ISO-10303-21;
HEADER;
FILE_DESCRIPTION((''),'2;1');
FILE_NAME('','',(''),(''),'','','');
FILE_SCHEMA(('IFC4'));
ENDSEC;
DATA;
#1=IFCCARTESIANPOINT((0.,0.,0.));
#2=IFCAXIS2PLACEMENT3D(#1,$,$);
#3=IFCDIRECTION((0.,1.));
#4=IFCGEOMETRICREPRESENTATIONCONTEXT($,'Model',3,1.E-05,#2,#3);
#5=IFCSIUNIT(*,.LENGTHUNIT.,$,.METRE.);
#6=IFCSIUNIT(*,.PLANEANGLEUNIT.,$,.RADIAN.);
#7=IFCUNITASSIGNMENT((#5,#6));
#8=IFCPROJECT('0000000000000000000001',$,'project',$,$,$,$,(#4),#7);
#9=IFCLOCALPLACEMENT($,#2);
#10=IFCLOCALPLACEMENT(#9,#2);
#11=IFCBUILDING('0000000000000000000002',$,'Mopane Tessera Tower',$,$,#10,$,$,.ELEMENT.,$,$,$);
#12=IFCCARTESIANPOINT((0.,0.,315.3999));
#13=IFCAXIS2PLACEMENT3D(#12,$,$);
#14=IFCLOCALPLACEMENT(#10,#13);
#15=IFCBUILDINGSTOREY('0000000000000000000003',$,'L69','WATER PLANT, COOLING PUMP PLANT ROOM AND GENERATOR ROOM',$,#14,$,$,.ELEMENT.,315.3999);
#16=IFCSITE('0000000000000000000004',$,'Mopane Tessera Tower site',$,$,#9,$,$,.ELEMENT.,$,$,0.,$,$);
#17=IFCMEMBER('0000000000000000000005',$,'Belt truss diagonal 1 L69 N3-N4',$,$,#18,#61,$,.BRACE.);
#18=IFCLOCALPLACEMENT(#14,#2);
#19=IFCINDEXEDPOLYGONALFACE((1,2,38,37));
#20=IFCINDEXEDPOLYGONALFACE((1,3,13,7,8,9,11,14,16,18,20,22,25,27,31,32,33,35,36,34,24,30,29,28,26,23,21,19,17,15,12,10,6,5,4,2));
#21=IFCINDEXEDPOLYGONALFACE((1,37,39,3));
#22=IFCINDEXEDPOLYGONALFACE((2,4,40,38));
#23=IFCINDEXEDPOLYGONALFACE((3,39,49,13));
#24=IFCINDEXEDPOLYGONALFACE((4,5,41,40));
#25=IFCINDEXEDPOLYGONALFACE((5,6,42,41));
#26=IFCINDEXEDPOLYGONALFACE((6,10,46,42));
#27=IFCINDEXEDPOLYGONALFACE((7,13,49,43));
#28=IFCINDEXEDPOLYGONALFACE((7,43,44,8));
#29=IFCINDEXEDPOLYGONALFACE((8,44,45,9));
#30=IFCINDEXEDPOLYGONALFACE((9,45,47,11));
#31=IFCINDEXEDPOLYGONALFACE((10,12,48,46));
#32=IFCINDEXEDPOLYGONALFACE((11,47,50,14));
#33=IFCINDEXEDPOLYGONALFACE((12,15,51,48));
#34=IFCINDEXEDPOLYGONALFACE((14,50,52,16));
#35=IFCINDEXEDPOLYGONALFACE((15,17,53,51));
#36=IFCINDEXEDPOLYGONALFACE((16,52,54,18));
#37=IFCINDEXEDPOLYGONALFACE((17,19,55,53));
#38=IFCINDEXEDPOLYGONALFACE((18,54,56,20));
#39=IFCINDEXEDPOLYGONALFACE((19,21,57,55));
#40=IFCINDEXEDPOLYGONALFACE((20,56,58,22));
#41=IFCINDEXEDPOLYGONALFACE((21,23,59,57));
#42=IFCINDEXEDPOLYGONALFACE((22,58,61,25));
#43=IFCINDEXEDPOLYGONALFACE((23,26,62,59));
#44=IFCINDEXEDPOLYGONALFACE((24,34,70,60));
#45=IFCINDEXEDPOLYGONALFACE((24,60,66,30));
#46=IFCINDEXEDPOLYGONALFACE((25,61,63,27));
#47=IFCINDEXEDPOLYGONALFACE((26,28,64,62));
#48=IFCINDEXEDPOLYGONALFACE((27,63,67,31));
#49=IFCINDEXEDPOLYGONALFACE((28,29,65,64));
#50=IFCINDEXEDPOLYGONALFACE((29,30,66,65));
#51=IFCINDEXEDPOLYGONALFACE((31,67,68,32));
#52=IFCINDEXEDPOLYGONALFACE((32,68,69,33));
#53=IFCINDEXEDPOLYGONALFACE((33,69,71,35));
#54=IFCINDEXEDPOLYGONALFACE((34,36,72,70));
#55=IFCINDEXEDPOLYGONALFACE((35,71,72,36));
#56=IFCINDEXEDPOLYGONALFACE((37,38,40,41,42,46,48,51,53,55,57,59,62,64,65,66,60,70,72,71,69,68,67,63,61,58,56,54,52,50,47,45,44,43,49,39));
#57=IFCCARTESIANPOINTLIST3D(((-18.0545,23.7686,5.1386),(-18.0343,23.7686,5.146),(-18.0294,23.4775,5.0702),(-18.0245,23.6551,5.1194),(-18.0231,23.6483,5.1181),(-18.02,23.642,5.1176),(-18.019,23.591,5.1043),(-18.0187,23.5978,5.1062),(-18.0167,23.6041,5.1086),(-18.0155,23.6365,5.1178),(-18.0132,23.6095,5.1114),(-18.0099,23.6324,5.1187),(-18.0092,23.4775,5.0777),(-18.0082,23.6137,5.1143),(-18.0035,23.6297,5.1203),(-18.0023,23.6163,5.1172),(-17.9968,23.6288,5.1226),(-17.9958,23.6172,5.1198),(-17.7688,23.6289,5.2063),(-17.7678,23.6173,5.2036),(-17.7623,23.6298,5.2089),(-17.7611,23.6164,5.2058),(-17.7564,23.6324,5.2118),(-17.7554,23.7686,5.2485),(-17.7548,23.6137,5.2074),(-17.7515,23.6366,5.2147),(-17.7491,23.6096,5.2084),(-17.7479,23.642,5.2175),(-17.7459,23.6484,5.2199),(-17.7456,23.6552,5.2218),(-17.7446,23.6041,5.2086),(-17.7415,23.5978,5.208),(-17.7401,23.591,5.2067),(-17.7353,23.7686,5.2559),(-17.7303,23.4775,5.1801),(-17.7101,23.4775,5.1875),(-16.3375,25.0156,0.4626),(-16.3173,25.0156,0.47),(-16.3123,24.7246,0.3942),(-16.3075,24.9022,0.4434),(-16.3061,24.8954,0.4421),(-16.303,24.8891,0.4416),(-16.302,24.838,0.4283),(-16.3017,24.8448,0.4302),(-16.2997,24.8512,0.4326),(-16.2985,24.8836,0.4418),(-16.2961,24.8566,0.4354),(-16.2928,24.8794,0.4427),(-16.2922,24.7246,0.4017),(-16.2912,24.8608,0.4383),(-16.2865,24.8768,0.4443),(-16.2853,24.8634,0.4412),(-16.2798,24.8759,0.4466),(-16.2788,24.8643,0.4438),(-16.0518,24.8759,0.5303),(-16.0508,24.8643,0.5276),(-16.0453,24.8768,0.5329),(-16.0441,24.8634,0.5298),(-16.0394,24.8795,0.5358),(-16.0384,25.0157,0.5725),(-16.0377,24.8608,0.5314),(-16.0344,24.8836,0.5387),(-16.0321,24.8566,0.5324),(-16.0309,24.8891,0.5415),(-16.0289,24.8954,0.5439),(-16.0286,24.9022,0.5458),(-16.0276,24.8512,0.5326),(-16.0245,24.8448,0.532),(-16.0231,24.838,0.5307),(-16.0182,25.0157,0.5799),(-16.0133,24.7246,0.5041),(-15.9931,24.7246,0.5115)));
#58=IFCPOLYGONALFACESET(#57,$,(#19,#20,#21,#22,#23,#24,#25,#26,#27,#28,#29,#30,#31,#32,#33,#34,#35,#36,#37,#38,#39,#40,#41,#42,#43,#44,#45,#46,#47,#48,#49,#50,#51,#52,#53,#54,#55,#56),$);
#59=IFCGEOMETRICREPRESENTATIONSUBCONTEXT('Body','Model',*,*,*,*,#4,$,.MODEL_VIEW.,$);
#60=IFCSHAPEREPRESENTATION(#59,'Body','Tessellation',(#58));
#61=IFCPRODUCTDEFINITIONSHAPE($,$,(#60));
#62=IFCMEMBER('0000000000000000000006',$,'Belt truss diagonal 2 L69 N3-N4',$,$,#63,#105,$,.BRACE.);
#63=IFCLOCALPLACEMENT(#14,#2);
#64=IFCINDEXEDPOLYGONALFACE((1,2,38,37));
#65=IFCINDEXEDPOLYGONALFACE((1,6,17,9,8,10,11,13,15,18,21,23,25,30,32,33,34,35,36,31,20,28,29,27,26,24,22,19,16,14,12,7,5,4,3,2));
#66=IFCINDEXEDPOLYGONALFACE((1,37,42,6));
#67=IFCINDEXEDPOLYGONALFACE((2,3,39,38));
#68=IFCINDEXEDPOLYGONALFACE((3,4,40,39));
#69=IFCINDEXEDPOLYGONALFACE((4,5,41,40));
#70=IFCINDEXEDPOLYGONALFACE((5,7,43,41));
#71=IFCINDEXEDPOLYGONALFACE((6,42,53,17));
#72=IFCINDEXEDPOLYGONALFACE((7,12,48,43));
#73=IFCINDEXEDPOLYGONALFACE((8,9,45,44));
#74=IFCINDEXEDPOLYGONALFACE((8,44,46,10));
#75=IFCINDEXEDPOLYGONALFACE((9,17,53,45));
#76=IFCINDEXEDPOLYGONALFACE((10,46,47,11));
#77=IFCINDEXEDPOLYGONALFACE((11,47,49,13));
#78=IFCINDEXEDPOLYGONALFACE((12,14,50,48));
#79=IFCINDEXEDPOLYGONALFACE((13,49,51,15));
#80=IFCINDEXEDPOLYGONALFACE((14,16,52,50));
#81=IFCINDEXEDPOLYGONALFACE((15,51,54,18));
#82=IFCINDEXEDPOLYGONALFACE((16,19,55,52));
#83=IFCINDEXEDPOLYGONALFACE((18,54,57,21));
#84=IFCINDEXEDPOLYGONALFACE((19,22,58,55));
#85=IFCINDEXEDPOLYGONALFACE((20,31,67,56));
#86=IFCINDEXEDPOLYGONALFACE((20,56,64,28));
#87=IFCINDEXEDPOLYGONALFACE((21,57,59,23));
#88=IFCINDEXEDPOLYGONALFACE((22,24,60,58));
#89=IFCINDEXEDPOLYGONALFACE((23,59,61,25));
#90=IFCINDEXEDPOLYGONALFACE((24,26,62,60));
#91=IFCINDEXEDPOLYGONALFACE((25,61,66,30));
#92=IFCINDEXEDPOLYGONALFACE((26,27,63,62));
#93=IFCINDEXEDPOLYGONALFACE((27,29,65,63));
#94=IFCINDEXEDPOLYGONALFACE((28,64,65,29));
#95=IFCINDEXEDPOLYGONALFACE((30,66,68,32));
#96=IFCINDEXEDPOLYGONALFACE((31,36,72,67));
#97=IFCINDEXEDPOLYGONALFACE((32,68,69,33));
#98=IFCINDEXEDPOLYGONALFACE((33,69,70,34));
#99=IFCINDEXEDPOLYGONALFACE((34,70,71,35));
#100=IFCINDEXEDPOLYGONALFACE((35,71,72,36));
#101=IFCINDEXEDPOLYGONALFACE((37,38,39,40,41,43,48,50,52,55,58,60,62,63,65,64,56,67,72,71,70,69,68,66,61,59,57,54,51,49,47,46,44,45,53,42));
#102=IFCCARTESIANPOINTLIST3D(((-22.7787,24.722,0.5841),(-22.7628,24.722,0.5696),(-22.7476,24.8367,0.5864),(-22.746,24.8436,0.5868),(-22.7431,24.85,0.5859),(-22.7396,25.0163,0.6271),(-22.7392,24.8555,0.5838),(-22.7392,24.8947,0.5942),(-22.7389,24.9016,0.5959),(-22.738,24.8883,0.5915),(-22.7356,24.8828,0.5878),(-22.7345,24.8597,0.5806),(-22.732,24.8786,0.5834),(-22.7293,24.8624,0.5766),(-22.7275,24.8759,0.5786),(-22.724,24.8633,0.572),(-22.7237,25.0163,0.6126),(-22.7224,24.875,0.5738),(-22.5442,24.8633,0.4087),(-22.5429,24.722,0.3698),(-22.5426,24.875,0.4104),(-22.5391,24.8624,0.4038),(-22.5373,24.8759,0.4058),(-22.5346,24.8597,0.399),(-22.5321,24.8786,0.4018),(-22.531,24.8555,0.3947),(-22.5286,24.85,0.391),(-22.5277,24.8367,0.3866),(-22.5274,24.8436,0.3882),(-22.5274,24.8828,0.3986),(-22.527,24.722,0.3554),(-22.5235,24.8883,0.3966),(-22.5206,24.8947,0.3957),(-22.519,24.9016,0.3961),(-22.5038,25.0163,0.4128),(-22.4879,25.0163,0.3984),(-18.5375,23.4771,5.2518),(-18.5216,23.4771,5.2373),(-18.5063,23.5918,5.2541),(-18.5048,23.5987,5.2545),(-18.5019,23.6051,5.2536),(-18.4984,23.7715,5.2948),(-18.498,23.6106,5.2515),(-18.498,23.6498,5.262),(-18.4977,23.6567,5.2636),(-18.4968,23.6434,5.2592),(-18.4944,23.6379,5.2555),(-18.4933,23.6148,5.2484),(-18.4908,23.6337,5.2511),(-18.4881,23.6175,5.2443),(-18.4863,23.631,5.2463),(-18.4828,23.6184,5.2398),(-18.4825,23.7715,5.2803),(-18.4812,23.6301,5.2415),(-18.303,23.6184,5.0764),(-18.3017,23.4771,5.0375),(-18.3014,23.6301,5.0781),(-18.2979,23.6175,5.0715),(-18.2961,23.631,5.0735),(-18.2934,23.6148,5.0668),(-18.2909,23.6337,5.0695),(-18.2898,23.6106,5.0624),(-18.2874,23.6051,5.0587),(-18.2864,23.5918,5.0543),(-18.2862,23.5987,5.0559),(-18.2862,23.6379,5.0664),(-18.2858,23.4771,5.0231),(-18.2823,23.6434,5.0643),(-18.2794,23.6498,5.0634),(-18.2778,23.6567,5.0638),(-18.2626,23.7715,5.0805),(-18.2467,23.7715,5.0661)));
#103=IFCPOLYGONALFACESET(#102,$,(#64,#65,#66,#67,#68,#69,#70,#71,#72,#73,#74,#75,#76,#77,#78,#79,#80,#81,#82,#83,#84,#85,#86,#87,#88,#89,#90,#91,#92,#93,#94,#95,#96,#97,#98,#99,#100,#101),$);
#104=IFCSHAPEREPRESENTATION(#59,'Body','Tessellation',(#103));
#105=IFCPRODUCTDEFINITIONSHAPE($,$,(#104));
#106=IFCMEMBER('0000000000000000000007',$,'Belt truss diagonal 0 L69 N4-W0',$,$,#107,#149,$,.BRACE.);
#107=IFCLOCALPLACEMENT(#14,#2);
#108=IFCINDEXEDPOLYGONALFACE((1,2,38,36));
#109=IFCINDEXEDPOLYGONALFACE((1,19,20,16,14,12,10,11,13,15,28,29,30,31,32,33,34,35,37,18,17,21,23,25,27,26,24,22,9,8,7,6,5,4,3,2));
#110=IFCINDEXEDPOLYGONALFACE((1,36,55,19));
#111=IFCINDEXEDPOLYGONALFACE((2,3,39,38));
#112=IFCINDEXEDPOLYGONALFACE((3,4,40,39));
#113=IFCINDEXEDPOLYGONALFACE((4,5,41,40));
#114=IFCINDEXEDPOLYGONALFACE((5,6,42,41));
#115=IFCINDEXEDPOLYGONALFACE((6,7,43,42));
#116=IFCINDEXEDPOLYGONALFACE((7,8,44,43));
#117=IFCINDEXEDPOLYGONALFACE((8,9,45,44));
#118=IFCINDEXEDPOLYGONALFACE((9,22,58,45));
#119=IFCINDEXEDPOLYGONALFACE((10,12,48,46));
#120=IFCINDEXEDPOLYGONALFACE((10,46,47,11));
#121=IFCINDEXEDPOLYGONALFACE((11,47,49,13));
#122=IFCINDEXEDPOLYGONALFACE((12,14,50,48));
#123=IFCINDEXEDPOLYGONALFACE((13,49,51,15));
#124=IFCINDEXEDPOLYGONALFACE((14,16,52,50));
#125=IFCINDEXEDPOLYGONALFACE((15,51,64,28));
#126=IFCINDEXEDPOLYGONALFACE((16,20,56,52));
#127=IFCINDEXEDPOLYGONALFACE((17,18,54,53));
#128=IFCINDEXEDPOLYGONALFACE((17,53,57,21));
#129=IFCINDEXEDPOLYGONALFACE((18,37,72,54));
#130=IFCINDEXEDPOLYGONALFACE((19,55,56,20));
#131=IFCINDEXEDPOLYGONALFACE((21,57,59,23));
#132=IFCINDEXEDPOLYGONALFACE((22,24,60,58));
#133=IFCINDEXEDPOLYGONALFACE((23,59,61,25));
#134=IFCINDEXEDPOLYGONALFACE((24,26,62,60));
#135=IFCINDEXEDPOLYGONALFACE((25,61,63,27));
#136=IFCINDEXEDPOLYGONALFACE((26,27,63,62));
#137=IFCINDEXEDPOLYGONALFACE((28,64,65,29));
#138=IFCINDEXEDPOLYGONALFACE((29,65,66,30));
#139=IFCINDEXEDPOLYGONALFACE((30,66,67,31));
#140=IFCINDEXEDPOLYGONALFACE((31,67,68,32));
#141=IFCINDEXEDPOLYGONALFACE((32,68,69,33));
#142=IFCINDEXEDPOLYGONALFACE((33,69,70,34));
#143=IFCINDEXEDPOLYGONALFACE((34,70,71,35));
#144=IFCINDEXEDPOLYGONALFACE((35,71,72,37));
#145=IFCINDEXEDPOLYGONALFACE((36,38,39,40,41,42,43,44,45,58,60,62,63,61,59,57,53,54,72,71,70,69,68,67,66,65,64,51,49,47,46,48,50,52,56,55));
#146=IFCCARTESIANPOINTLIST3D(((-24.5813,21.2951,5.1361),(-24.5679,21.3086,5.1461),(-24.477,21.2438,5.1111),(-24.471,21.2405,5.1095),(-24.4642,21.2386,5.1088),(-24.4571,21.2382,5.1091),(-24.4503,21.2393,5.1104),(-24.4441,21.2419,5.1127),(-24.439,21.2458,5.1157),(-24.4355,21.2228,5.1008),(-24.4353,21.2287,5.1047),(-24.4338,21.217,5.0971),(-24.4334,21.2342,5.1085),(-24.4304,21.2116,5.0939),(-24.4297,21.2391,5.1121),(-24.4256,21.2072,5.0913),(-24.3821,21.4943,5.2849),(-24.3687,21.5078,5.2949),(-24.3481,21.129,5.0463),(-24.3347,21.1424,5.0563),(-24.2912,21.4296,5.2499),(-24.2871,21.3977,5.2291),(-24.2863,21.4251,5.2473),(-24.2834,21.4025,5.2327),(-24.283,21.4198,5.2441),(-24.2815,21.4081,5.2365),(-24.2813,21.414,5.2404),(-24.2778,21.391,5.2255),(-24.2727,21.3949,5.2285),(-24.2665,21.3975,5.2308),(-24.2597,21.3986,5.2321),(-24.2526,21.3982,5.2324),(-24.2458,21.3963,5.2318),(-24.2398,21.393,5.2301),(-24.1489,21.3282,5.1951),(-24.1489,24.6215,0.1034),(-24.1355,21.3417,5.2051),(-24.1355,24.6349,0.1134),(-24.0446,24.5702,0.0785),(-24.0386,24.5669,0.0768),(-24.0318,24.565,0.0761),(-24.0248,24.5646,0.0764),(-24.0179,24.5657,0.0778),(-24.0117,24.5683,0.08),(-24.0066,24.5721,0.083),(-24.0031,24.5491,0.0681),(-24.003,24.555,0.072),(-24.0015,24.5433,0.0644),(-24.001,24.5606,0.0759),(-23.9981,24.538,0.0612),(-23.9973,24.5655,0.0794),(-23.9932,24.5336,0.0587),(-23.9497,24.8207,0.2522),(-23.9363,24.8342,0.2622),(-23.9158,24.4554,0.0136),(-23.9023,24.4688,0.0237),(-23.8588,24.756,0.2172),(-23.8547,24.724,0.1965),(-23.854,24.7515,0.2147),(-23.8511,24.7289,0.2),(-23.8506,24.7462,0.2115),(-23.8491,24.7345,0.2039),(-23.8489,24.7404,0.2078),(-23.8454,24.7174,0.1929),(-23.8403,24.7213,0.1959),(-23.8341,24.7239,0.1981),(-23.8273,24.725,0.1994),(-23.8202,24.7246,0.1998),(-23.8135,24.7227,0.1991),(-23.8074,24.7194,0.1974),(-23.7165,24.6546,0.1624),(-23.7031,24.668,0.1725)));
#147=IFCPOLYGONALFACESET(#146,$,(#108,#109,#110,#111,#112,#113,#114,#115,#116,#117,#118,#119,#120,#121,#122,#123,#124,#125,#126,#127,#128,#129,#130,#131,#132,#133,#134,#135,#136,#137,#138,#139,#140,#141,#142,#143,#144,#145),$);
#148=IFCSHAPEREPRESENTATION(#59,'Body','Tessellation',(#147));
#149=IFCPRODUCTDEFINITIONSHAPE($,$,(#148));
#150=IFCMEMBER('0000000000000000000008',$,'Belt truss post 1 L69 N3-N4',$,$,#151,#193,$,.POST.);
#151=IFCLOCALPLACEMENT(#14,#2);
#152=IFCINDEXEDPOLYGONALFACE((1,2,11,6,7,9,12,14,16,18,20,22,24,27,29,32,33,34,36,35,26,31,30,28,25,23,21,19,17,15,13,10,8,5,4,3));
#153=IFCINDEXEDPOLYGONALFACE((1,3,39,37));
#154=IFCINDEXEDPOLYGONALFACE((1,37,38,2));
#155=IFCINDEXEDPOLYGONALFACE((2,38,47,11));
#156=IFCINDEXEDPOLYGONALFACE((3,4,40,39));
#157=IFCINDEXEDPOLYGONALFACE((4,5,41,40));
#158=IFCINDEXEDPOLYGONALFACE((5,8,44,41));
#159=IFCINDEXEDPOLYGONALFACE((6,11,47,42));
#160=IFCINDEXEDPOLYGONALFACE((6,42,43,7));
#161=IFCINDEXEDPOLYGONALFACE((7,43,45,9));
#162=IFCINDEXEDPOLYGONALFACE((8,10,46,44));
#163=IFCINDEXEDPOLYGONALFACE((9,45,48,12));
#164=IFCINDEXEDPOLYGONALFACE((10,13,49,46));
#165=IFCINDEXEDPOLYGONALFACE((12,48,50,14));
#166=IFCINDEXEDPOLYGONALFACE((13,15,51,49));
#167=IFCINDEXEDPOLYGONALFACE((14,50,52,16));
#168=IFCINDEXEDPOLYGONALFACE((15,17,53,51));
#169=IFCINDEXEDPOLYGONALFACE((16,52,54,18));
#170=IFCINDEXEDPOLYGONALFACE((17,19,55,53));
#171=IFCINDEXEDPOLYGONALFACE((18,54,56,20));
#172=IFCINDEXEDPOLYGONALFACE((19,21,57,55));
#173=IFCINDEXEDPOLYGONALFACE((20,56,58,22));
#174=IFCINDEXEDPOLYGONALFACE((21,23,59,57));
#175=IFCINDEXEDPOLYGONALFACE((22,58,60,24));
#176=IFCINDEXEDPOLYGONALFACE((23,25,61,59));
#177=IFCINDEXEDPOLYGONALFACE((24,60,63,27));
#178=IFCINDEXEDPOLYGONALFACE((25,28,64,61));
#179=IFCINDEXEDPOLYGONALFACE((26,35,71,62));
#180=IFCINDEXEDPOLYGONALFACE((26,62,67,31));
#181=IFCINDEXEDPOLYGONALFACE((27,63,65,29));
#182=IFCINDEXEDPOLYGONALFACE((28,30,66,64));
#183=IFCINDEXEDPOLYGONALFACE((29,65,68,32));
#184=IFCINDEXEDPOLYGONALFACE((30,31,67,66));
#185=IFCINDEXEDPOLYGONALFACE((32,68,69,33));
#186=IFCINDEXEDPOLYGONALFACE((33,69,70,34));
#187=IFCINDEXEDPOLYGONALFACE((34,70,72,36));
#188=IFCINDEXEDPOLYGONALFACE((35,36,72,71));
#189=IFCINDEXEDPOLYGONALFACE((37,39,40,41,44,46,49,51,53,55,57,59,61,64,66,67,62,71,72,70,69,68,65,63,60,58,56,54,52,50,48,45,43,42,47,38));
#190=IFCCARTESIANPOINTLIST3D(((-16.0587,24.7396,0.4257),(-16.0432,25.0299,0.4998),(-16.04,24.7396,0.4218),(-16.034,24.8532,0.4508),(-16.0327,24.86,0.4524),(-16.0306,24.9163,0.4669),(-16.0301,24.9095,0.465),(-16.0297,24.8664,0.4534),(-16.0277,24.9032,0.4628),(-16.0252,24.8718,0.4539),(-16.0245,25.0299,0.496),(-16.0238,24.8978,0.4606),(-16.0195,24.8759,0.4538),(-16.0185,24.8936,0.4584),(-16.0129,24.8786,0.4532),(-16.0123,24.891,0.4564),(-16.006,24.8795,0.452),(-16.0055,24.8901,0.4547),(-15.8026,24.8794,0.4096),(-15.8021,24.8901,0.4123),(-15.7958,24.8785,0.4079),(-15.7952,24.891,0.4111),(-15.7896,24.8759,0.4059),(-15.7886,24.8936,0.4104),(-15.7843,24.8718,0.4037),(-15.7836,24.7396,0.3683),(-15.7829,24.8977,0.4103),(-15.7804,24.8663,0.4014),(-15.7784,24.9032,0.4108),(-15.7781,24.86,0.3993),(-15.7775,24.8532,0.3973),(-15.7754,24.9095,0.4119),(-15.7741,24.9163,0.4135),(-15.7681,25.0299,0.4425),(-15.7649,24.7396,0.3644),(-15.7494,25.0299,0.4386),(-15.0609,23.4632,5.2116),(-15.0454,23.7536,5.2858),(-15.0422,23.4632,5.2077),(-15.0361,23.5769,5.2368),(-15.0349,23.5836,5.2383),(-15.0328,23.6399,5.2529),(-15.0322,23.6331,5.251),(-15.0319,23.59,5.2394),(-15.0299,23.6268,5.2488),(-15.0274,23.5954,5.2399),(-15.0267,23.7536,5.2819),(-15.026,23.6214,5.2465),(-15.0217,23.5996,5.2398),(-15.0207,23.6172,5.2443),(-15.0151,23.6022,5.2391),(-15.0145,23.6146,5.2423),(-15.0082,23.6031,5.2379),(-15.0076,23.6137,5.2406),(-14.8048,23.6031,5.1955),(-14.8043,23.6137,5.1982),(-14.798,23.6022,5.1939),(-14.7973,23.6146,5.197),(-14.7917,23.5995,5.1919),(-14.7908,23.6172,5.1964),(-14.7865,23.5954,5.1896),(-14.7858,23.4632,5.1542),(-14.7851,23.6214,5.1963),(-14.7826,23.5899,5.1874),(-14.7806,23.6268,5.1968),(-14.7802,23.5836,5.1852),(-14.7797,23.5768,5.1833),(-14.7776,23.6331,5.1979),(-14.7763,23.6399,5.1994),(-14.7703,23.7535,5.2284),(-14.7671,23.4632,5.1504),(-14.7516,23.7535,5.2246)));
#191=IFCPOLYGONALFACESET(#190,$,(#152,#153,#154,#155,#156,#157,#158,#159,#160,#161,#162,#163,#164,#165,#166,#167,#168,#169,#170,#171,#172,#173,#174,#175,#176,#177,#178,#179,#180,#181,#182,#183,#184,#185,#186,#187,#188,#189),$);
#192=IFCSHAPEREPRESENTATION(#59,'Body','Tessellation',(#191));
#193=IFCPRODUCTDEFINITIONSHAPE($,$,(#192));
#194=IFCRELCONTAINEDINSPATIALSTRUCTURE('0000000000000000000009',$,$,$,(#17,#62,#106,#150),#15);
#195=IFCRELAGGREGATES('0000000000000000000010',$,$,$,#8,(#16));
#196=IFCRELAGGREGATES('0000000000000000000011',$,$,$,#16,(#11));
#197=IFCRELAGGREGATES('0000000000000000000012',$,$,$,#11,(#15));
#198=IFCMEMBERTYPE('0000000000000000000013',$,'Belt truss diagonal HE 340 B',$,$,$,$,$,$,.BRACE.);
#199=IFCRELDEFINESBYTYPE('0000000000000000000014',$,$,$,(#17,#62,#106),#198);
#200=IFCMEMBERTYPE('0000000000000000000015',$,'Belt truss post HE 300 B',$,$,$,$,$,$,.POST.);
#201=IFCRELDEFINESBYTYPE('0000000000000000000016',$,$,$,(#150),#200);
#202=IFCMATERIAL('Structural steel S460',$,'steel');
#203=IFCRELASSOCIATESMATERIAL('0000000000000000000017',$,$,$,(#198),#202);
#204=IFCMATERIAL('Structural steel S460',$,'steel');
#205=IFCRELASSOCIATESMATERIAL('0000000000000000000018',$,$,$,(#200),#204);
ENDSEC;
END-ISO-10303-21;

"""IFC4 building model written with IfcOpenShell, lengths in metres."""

from ifc_helpers import new_model, si_unit, direction, frame, origin, origin_2d, place, context, subcontext, project, spatial, i_section, extrude, material, material_profile, profile_set, type_object, element, save


model = new_model("IFC4")

# Units and contexts
model_context = context("Model", 3, precision=1e-05, world=origin(), true_north=direction((0.0, 1.0)))
body_context = subcontext(model_context, "Body", "Model", "MODEL_VIEW")
ifc_project = project(units=[si_unit("LENGTHUNIT", "METRE"), si_unit("PLANEANGLEUNIT", "RADIAN")], contexts=[model_context])

# Site, building, storey
site_placement = place(None, origin())
site = spatial("IfcSite", under=ifc_project, at=site_placement, Name="Mopane Tessera Tower site", CompositionType="ELEMENT", RefElevation=0.0)
building_placement = place(site_placement, origin())
building = spatial("IfcBuilding", under=site, at=building_placement, Name="Mopane Tessera Tower", CompositionType="ELEMENT")
storey_placement = place(building_placement, frame((0.0, 0.0, 315.3999)))
storey = spatial("IfcBuildingStorey", under=building, at=storey_placement, Name="L69", Description="WATER PLANT, COOLING PUMP PLANT ROOM AND GENERATOR ROOM", CompositionType="ELEMENT", Elevation=315.3999)

# Members
ifc_material_1 = material(Name="Structural steel S460", Category="steel")
ifc_material_profile_1 = material_profile(ifc_material_1, i_section(OverallWidth=0.3, OverallDepth=0.3401, WebThickness=0.012, FlangeThickness=0.0215, FilletRadius=0.0271, at=origin_2d()))
ifc_profile_set_1 = profile_set([ifc_material_profile_1], Name="Structural steel S460")
member_type_1 = type_object("IfcMemberType", Name="Belt truss diagonal HE 340 B", PredefinedType="BRACE", material=ifc_profile_set_1)
member_1_placement = place(storey_placement, frame((-16.1653, 24.8701, 0.4871), z_axis=(-0.334377, -0.242855, 0.910611), x_axis=(0.083779, -0.970063, -0.227947)))
element("IfcMember", 1, at=member_1_placement, inside=storey, type_object=member_type_1, Name="Belt truss diagonal 1 L69 N3-N4", PredefinedType="BRACE", context=body_context, shape_type="SweptSolid", body=[
    extrude(i_section(OverallWidth=0.3, OverallDepth=0.3401, WebThickness=0.012, FlangeThickness=0.0215, FilletRadius=0.0271, at=origin_2d()), origin(), (0.0, 0.0, 1.0), 5.135),
])
member_2_placement = place(storey_placement, frame((-18.3921, 23.6243, 5.1589), z_axis=(-0.659754, 0.19365, -0.726102), x_axis=(-0.130234, -0.981071, -0.143316)))
element("IfcMember", 2, at=member_2_placement, inside=storey, type_object=member_type_1, Name="Belt truss diagonal 2 L69 N3-N4", PredefinedType="BRACE", context=body_context, shape_type="SweptSolid", body=[
    extrude(i_section(OverallWidth=0.3, OverallDepth=0.3401, WebThickness=0.012, FlangeThickness=0.0215, FilletRadius=0.0271, at=origin_2d()), origin(), (0.0, 0.0, 1.0), 6.4285),
])
member_3_placement = place(storey_placement, frame((-23.926, 24.6448, 0.1379), z_axis=(-0.071488, -0.549988, 0.832107), x_axis=(0.777153, -0.55365, -0.299173)))
element("IfcMember", 3, at=member_3_placement, inside=storey, type_object=member_type_1, Name="Belt truss diagonal 0 L69 N4-W0", PredefinedType="BRACE", context=body_context, shape_type="SweptSolid", body=[
    extrude(i_section(OverallWidth=0.3, OverallDepth=0.3401, WebThickness=0.012, FlangeThickness=0.0215, FilletRadius=0.0271, at=origin_2d()), origin(), (0.0, 0.0, 1.0), 6.0481),
])
ifc_material_2 = material(Name="Structural steel S460", Category="steel")
ifc_material_profile_2 = material_profile(ifc_material_2, i_section(OverallWidth=0.3, OverallDepth=0.3, WebThickness=0.011, FlangeThickness=0.019, FilletRadius=0.0271, at=origin_2d()))
ifc_profile_set_2 = profile_set([ifc_material_profile_2], Name="Structural steel S460")
member_type_2 = type_object("IfcMemberType", Name="Belt truss post HE 300 B", PredefinedType="POST", material=ifc_profile_set_2)
member_4_placement = place(storey_placement, frame((-15.9041, 24.8848, 0.4321), z_axis=(0.19748, -0.252613, 0.9472), x_axis=(-0.051652, -0.967568, -0.247275)))
element("IfcMember", 4, at=member_4_placement, inside=storey, type_object=member_type_2, Name="Belt truss post 1 L69 N3-N4", PredefinedType="POST", context=body_context, shape_type="SweptSolid", body=[
    extrude(i_section(OverallWidth=0.3, OverallDepth=0.3, WebThickness=0.011, FlangeThickness=0.019, FilletRadius=0.0271, at=origin_2d()), origin(), (0.0, 0.0, 1.0), 5.0527),
])

save(model, "model.ifc")
